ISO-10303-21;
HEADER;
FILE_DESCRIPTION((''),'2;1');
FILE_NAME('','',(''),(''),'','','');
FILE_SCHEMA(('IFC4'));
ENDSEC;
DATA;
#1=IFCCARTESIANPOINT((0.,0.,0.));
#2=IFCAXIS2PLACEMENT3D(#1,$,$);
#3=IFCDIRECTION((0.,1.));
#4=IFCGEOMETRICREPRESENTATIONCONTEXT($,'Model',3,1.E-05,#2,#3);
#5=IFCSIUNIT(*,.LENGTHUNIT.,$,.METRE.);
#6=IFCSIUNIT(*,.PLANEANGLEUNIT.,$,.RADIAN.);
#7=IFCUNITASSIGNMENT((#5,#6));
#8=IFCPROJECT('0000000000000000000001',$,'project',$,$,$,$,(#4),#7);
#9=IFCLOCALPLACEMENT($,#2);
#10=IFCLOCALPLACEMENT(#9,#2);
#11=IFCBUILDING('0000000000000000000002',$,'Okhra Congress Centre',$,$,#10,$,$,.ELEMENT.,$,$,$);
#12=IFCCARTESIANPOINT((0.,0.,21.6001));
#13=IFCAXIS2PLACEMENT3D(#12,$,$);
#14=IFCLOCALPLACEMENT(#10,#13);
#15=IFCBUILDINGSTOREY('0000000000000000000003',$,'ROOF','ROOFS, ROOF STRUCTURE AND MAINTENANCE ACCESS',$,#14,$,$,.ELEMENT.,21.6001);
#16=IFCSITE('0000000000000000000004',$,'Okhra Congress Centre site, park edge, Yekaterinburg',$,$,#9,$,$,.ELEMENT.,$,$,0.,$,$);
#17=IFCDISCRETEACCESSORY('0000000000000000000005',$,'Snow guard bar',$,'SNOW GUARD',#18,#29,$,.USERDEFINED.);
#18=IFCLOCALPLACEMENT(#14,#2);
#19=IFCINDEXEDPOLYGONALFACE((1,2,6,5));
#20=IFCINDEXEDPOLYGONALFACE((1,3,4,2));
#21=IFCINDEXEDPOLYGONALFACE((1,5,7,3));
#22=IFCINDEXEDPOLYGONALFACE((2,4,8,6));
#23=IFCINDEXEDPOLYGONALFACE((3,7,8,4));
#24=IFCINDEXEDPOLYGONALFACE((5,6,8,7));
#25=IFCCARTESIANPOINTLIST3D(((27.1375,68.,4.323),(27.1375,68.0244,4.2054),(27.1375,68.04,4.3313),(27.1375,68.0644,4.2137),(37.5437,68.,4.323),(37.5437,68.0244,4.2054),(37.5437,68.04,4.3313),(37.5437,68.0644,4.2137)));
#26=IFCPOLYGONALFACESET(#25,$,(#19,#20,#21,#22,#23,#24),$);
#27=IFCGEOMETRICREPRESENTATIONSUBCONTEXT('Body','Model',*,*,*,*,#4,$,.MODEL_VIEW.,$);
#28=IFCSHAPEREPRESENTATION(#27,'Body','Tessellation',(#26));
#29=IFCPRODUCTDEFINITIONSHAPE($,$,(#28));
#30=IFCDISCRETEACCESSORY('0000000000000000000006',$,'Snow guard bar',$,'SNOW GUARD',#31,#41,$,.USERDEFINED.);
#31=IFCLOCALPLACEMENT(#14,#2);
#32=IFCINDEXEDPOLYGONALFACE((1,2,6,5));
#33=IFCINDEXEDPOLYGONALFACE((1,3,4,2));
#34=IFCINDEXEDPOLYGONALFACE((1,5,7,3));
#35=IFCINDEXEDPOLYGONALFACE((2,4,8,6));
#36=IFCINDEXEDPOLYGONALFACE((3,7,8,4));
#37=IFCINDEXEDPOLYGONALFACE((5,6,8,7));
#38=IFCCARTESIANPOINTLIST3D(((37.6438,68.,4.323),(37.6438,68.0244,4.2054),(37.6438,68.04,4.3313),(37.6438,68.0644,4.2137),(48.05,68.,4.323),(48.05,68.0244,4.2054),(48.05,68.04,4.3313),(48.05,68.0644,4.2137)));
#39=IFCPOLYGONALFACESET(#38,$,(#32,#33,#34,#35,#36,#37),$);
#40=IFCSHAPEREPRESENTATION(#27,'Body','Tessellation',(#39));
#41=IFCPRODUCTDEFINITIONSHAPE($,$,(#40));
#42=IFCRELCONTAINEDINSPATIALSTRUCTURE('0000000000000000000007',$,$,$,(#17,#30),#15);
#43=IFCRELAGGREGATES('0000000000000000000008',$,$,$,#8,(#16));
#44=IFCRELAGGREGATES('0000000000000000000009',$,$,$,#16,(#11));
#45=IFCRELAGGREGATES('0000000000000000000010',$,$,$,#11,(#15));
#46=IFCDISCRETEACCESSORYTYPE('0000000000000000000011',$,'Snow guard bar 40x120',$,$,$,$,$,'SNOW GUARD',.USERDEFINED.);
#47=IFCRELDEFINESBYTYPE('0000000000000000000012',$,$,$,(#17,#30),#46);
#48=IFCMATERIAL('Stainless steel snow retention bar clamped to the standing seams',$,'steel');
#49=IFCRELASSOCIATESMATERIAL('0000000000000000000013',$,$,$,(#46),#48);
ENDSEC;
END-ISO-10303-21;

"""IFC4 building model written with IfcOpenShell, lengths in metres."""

from ifc_helpers import new_model, si_unit, direction, frame, origin, place, context, subcontext, project, spatial, polyline, outline, extrude, material, type_object, element, save


model = new_model("IFC4")

# Units and contexts
model_context = context("Model", 3, precision=1e-05, world=origin(), true_north=direction((0.0, 1.0)))
body_context = subcontext(model_context, "Body", "Model", "MODEL_VIEW")
ifc_project = project(units=[si_unit("LENGTHUNIT", "METRE"), si_unit("PLANEANGLEUNIT", "RADIAN")], contexts=[model_context])

# Site, building, storey
site_placement = place(None, origin())
site = spatial("IfcSite", under=ifc_project, at=site_placement, Name="Okhra Congress Centre site, park edge, Yekaterinburg", CompositionType="ELEMENT", RefElevation=0.0)
building_placement = place(site_placement, origin())
building = spatial("IfcBuilding", under=site, at=building_placement, Name="Okhra Congress Centre", CompositionType="ELEMENT")
storey_placement = place(building_placement, frame((0.0, 0.0, 21.6001)))
storey = spatial("IfcBuildingStorey", under=building, at=storey_placement, Name="ROOF", Description="ROOFS, ROOF STRUCTURE AND MAINTENANCE ACCESS", CompositionType="ELEMENT", Elevation=21.6001)

# Discrete accessories
ifc_material_1 = material(Name="Stainless steel snow retention bar clamped to the standing seams", Category="steel")
discrete_accessory_type_1 = type_object("IfcDiscreteAccessoryType", Name="Snow guard bar 40x120", ElementType="SNOW GUARD", PredefinedType="USERDEFINED", material=ifc_material_1)
for number, where, z_axis, x_axis, name in (
    (1, (27.1375, 68.0, 4.323), (0.0, -0.203, 0.979179), (1.0, 0.0, 0.0), "Snow guard bar"),
    (2, (37.6438, 68.0, 4.323), (0.0, -0.203, 0.979179), (1.0, 0.0, 0.0), "Snow guard bar"),
):
    element("IfcDiscreteAccessory", number, at=place(storey_placement, frame(where, z_axis=z_axis, x_axis=x_axis)), inside=storey, type_object=discrete_accessory_type_1, Name=name, ObjectType="SNOW GUARD", PredefinedType="USERDEFINED", context=body_context, shape_type="SweptSolid", body=[
        extrude(outline(polyline([(0.0, 0.0), (10.4062, 0.0), (10.4062, 0.0409), (0.0, 0.0409), (0.0, 0.0)])), origin(), (0.0, 0.0, -1.0), 0.1201),
    ])

save(model, "model.ifc")
